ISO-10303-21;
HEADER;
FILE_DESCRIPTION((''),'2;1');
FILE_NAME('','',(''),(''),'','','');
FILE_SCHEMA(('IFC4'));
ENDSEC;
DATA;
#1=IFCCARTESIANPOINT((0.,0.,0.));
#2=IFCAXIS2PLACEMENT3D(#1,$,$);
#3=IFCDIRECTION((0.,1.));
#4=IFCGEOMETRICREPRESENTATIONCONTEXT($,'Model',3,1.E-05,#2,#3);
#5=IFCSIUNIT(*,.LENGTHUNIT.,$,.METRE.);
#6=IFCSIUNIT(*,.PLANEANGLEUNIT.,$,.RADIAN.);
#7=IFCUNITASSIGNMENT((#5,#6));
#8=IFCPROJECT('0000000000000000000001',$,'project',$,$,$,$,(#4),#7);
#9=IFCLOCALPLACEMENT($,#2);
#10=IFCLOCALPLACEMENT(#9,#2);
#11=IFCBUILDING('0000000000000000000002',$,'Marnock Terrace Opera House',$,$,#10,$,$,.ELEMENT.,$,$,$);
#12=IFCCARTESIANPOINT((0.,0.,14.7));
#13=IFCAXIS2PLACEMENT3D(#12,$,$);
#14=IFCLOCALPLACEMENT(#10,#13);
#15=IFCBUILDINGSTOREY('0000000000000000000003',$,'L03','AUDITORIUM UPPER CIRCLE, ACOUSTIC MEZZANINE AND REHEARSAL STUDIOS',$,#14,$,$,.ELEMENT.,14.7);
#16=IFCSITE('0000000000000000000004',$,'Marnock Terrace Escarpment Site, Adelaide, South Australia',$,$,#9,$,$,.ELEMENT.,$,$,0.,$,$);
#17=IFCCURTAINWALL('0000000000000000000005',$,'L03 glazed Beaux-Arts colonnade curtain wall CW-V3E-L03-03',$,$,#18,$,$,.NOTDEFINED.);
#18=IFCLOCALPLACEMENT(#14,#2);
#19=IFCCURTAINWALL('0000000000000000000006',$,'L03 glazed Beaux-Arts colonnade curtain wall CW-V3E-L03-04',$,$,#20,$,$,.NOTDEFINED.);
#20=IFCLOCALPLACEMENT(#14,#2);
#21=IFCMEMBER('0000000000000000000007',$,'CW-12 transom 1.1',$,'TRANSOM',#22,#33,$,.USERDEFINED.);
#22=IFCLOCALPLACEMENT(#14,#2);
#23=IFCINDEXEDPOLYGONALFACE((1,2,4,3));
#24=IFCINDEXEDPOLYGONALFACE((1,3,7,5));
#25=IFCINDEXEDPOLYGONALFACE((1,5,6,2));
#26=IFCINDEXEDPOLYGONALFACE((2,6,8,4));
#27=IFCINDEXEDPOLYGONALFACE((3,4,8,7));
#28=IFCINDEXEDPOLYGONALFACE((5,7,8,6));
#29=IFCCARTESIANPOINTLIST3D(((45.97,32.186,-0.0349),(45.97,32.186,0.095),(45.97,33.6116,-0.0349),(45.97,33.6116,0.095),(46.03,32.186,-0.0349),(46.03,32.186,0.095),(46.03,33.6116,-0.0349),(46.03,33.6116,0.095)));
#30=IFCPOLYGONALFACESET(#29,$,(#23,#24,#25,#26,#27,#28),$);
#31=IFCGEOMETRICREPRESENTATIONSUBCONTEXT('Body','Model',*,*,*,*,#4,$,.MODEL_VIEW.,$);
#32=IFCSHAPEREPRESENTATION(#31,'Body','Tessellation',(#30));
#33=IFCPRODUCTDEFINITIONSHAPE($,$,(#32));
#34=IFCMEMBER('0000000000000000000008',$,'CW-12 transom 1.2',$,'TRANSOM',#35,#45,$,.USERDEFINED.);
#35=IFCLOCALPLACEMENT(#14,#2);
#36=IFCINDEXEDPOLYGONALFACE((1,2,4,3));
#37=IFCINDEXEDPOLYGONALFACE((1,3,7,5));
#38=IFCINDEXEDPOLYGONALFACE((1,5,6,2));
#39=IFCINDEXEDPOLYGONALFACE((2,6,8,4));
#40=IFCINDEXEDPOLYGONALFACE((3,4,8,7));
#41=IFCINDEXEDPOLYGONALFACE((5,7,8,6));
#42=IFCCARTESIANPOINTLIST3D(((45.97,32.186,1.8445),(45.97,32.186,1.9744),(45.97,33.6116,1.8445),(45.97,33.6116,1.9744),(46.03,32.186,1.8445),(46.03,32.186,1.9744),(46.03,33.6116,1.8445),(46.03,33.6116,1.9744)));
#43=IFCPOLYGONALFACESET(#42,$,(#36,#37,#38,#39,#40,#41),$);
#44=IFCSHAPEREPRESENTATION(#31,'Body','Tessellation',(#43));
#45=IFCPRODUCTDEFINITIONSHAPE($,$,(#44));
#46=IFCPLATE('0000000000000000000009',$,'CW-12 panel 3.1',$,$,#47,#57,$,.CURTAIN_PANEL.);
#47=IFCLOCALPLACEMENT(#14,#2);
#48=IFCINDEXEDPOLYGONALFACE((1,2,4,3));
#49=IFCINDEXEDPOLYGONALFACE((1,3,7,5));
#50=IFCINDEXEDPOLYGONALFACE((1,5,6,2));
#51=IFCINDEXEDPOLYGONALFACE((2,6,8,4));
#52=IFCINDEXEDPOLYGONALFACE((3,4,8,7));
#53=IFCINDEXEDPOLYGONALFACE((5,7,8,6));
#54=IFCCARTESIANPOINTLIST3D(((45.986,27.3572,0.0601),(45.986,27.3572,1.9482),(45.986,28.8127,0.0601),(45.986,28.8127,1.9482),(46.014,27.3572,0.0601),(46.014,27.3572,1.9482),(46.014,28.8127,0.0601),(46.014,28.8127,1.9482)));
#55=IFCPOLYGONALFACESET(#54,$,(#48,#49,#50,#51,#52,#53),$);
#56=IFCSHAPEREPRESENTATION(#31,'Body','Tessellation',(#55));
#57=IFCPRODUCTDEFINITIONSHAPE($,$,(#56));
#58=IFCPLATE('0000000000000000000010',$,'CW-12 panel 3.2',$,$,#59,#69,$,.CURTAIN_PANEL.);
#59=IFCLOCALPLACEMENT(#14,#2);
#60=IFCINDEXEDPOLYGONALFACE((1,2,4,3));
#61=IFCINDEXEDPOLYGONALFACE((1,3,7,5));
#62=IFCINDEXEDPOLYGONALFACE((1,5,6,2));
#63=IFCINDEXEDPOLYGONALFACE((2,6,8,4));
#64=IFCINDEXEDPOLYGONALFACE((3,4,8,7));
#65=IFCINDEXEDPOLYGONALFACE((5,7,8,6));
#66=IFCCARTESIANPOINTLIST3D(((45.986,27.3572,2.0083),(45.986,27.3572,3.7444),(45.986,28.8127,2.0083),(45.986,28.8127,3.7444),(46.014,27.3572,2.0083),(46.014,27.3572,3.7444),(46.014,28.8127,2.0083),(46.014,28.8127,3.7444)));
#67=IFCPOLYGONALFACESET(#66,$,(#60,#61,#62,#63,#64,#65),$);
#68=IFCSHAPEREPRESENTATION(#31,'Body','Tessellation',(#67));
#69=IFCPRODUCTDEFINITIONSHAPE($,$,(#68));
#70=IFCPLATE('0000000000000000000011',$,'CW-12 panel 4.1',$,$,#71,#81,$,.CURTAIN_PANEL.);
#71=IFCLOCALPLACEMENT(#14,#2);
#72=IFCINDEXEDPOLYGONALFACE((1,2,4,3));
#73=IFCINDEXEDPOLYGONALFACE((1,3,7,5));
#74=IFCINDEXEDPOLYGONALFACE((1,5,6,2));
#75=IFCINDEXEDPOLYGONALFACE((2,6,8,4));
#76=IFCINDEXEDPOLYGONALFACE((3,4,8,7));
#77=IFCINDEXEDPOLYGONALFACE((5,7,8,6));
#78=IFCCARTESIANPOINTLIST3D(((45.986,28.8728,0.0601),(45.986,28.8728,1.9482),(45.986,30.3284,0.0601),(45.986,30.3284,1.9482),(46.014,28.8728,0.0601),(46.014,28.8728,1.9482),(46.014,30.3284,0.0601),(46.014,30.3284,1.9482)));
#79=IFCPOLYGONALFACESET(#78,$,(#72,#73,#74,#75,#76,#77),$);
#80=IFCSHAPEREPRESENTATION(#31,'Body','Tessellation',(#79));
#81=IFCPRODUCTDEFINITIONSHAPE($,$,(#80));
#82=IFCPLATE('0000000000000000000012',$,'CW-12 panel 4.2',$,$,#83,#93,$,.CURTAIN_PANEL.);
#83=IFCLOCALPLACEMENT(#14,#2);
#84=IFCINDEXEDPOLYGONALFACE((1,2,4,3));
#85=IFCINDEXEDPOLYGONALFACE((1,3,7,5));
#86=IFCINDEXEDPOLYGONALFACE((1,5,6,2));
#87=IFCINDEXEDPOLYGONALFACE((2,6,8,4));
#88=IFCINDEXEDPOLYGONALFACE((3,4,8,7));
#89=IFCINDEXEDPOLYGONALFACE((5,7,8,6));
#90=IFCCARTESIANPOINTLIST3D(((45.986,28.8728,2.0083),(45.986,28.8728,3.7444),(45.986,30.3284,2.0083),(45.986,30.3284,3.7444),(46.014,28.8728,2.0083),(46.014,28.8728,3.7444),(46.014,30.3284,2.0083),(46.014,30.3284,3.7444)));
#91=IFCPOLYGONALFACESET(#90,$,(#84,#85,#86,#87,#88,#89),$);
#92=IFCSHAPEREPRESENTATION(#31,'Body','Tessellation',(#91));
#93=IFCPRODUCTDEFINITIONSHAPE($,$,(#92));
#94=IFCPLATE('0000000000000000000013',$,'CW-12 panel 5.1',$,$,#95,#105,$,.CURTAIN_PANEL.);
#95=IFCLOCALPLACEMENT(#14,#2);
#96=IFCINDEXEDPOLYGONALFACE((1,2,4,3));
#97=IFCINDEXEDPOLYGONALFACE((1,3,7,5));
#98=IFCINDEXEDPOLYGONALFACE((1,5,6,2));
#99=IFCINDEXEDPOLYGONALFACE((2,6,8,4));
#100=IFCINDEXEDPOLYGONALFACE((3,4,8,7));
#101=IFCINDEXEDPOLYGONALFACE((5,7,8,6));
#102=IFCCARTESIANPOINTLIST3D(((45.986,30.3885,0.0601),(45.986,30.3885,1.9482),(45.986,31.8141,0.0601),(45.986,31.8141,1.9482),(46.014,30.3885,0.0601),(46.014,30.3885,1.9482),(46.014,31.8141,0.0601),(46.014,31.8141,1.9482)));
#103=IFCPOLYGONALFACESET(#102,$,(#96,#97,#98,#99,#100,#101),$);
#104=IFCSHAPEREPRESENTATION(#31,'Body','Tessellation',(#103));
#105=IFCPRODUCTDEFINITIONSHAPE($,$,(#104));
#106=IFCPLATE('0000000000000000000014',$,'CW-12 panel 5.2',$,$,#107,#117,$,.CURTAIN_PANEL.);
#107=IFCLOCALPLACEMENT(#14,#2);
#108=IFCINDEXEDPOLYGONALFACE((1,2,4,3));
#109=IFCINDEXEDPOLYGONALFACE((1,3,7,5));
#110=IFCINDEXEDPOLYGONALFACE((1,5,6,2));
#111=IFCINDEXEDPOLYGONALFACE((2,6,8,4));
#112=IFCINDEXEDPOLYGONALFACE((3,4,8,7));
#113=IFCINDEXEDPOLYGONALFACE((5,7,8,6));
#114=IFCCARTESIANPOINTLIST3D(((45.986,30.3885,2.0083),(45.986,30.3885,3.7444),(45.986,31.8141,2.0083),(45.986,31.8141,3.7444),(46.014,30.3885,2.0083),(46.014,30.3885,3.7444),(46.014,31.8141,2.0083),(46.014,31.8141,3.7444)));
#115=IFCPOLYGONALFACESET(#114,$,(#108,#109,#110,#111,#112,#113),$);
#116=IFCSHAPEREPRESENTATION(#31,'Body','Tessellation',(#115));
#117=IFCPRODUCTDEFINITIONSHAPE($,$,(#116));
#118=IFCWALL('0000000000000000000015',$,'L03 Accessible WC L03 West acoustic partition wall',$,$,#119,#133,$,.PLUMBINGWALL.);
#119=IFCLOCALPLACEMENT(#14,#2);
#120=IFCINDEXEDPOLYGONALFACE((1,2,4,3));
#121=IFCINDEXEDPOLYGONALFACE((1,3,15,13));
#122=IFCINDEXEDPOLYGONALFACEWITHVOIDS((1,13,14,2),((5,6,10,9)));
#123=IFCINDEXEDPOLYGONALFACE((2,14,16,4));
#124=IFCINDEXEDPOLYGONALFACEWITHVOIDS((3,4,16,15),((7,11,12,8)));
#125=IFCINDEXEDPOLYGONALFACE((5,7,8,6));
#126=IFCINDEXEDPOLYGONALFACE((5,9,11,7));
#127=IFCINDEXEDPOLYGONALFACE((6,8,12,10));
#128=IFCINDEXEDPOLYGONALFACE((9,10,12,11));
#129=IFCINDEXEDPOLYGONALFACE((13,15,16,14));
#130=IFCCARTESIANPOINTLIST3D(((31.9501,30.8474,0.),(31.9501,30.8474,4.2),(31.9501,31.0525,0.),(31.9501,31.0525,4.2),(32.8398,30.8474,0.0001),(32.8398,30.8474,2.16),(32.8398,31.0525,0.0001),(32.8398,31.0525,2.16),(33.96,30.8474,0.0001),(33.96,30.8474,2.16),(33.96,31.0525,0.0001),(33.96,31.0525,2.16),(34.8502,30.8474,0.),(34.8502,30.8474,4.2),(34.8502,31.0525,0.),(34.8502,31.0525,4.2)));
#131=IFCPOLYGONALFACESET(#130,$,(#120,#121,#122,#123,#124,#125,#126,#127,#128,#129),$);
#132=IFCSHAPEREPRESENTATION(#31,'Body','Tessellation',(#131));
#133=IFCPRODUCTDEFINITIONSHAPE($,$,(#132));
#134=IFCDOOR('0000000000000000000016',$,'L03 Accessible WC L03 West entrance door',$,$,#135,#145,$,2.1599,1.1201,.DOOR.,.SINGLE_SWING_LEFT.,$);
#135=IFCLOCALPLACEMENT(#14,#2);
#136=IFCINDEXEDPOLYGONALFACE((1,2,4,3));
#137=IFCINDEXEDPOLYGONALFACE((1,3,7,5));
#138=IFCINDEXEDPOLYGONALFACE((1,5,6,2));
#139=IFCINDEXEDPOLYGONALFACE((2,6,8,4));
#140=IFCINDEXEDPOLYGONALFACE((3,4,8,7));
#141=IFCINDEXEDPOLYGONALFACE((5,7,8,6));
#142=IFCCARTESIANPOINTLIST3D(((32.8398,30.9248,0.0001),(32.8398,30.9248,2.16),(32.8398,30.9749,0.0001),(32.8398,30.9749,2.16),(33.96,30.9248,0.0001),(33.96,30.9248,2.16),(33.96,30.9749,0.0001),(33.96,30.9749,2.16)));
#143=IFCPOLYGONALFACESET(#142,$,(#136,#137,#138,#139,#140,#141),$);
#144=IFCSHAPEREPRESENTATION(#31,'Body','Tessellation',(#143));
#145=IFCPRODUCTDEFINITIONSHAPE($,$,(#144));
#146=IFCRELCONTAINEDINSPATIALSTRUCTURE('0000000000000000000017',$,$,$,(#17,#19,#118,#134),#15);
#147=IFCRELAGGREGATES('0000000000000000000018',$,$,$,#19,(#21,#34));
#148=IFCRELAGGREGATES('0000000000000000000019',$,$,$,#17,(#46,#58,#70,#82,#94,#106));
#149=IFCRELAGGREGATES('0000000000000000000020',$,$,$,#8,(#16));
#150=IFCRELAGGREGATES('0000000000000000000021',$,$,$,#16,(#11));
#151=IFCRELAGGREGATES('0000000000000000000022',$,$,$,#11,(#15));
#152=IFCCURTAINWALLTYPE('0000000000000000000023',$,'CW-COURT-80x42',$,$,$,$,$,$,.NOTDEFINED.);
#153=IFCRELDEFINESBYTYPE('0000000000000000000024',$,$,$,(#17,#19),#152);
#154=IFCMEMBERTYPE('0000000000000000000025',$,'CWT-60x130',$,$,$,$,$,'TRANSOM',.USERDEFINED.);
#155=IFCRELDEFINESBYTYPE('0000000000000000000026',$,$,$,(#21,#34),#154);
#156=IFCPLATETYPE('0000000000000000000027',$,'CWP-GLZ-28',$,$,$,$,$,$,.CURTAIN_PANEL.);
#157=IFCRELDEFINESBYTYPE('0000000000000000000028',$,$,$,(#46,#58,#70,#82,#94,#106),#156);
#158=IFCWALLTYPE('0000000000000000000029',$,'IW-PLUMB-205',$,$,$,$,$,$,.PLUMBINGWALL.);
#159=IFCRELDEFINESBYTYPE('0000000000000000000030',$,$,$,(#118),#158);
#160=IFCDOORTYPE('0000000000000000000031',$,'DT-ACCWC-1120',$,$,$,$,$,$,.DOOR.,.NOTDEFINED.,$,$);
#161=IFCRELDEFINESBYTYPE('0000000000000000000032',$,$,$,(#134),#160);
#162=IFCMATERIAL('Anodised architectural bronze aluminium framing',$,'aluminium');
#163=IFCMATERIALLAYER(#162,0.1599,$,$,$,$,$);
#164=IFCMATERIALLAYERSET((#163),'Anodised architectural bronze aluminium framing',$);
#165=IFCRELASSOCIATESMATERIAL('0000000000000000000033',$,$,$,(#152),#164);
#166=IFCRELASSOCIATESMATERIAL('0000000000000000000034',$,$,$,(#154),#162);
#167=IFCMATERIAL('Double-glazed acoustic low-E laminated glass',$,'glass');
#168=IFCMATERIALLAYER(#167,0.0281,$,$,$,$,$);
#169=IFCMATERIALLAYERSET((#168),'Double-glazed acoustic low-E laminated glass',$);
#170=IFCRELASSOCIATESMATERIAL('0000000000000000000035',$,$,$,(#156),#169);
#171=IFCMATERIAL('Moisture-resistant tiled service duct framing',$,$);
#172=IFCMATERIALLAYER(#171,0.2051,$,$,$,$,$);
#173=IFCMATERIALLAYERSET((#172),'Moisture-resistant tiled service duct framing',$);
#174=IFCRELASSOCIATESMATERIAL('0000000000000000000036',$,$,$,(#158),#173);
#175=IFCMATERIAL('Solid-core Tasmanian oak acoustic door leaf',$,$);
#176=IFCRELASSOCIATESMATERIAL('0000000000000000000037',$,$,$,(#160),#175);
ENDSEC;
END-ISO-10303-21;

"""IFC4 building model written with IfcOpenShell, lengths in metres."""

from ifc_helpers import new_model, si_unit, direction, frame, frame_2d, origin, origin_2d, place, context, subcontext, project, spatial, rectangle, extrude, material, layer, layer_set, material_profile, profile_set, type_object, element, fill, aggregate, save


model = new_model("IFC4")

# Units and contexts
model_context = context("Model", 3, precision=1e-05, world=origin(), true_north=direction((0.0, 1.0)))
body_context = subcontext(model_context, "Body", "Model", "MODEL_VIEW")
ifc_project = project(units=[si_unit("LENGTHUNIT", "METRE"), si_unit("PLANEANGLEUNIT", "RADIAN")], contexts=[model_context])

# Site, building, storey
site_placement = place(None, origin())
site = spatial("IfcSite", under=ifc_project, at=site_placement, Name="Marnock Terrace Escarpment Site, Adelaide, South Australia", CompositionType="ELEMENT", RefElevation=0.0)
building_placement = place(site_placement, origin())
building = spatial("IfcBuilding", under=site, at=building_placement, Name="Marnock Terrace Opera House", CompositionType="ELEMENT")
storey_placement = place(building_placement, frame((0.0, 0.0, 14.7)))
storey = spatial("IfcBuildingStorey", under=building, at=storey_placement, Name="L03", Description="AUDITORIUM UPPER CIRCLE, ACOUSTIC MEZZANINE AND REHEARSAL STUDIOS", CompositionType="ELEMENT", Elevation=14.7)

# Curtain wall
ifc_material_1 = material(Name="Anodised architectural bronze aluminium framing", Category="aluminium")
ifc_layer_1 = layer(ifc_material_1, 0.1599)
ifc_layer_set_1 = layer_set([ifc_layer_1], Name="Anodised architectural bronze aluminium framing")
curtain_wall_type = type_object("IfcCurtainWallType", Name="CW-COURT-80x42", PredefinedType="NOTDEFINED", material=ifc_layer_set_1)
curtain_wall_1_placement = place(storey_placement, origin())
curtain_wall_1 = element("IfcCurtainWall", 1, at=curtain_wall_1_placement, inside=storey, type_object=curtain_wall_type, Name="L03 glazed Beaux-Arts colonnade curtain wall CW-V3E-L03-03", PredefinedType="NOTDEFINED")

# Curtain wall
curtain_wall_2_placement = place(storey_placement, origin())
curtain_wall_2 = element("IfcCurtainWall", 2, at=curtain_wall_2_placement, inside=storey, type_object=curtain_wall_type, Name="L03 glazed Beaux-Arts colonnade curtain wall CW-V3E-L03-04", PredefinedType="NOTDEFINED")

# Members
ifc_material_profile_1 = material_profile(ifc_material_1, rectangle(XDim=0.0601, YDim=0.1299, at=origin_2d()))
ifc_profile_set_1 = profile_set([ifc_material_profile_1], Name="Anodised architectural bronze aluminium framing")
member_type_1 = type_object("IfcMemberType", Name="CWT-60x130", ElementType="TRANSOM", PredefinedType="USERDEFINED", material=ifc_profile_set_1)
member_1_placement = place(storey_placement, frame((46.0, 32.186, 0.03), z_axis=(0.0, 1.0, 0.0), x_axis=(-1.0, 0.0, 0.0)))
member_1 = element("IfcMember", 3, at=member_1_placement, type_object=member_type_1, Name="CW-12 transom 1.1", ObjectType="TRANSOM", PredefinedType="USERDEFINED", context=body_context, shape_type="SweptSolid", body=[
    extrude(rectangle(XDim=0.0601, YDim=0.1299, at=origin_2d()), origin(), (0.0, 0.0, 1.0), 1.4255),
])
member_2_placement = place(storey_placement, frame((46.0, 32.186, 1.9094), z_axis=(0.0, 1.0, 0.0), x_axis=(-1.0, 0.0, 0.0)))
member_2 = element("IfcMember", 4, at=member_2_placement, type_object=member_type_1, Name="CW-12 transom 1.2", ObjectType="TRANSOM", PredefinedType="USERDEFINED", context=body_context, shape_type="SweptSolid", body=[
    extrude(rectangle(XDim=0.0601, YDim=0.1299, at=origin_2d()), origin(), (0.0, 0.0, 1.0), 1.4255),
])
aggregate(curtain_wall_2, [member_1, member_2])

# Plates
ifc_material_2 = material(Name="Double-glazed acoustic low-E laminated glass", Category="glass")
ifc_layer_2 = layer(ifc_material_2, 0.0281)
ifc_layer_set_2 = layer_set([ifc_layer_2], Name="Double-glazed acoustic low-E laminated glass")
plate_type = type_object("IfcPlateType", Name="CWP-GLZ-28", PredefinedType="CURTAIN_PANEL", material=ifc_layer_set_2)
plate_1_placement = place(storey_placement, frame((46.0, 28.085, 0.0601), z_axis=(0.0, 0.0, 1.0), x_axis=(0.0, 1.0, 0.0)))
plate_1 = element("IfcPlate", 5, at=plate_1_placement, type_object=plate_type, Name="CW-12 panel 3.1", PredefinedType="CURTAIN_PANEL", context=body_context, shape_type="SweptSolid", body=[
    extrude(rectangle(XDim=1.4556, YDim=0.0281, at=origin_2d()), origin(), (0.0, 0.0, 1.0), 1.8882),
])
plate_2_placement = place(storey_placement, frame((46.0, 28.085, 2.0083), z_axis=(0.0, 0.0, 1.0), x_axis=(0.0, 1.0, 0.0)))
plate_2 = element("IfcPlate", 6, at=plate_2_placement, type_object=plate_type, Name="CW-12 panel 3.2", PredefinedType="CURTAIN_PANEL", context=body_context, shape_type="SweptSolid", body=[
    extrude(rectangle(XDim=1.4556, YDim=0.0281, at=origin_2d()), origin(), (0.0, 0.0, 1.0), 1.7361),
])
plate_3_placement = place(storey_placement, frame((46.0, 29.6006, 0.0601), z_axis=(0.0, 0.0, 1.0), x_axis=(0.0, 1.0, 0.0)))
plate_3 = element("IfcPlate", 7, at=plate_3_placement, type_object=plate_type, Name="CW-12 panel 4.1", PredefinedType="CURTAIN_PANEL", context=body_context, shape_type="SweptSolid", body=[
    extrude(rectangle(XDim=1.4556, YDim=0.0281, at=origin_2d()), origin(), (0.0, 0.0, 1.0), 1.8882),
])
plate_4_placement = place(storey_placement, frame((46.0, 29.6006, 2.0083), z_axis=(0.0, 0.0, 1.0), x_axis=(0.0, 1.0, 0.0)))
plate_4 = element("IfcPlate", 8, at=plate_4_placement, type_object=plate_type, Name="CW-12 panel 4.2", PredefinedType="CURTAIN_PANEL", context=body_context, shape_type="SweptSolid", body=[
    extrude(rectangle(XDim=1.4556, YDim=0.0281, at=origin_2d()), origin(), (0.0, 0.0, 1.0), 1.7361),
])
plate_5_placement = place(storey_placement, frame((46.0, 31.1013, 0.0601), z_axis=(0.0, 0.0, 1.0), x_axis=(0.0, 1.0, 0.0)))
plate_5 = element("IfcPlate", 9, at=plate_5_placement, type_object=plate_type, Name="CW-12 panel 5.1", PredefinedType="CURTAIN_PANEL", context=body_context, shape_type="SweptSolid", body=[
    extrude(rectangle(XDim=1.4255, YDim=0.0281, at=origin_2d()), origin(), (0.0, 0.0, 1.0), 1.8882),
])
plate_6_placement = place(storey_placement, frame((46.0, 31.1013, 2.0083), z_axis=(0.0, 0.0, 1.0), x_axis=(0.0, 1.0, 0.0)))
plate_6 = element("IfcPlate", 10, at=plate_6_placement, type_object=plate_type, Name="CW-12 panel 5.2", PredefinedType="CURTAIN_PANEL", context=body_context, shape_type="SweptSolid", body=[
    extrude(rectangle(XDim=1.4255, YDim=0.0281, at=origin_2d()), origin(), (0.0, 0.0, 1.0), 1.7361),
])
aggregate(curtain_wall_1, [plate_1, plate_2, plate_3, plate_4, plate_5, plate_6])

# Wall, opening, door
ifc_material_3 = material(Name="Moisture-resistant tiled service duct framing")
ifc_layer_3 = layer(ifc_material_3, 0.2051)
ifc_layer_set_3 = layer_set([ifc_layer_3], Name="Moisture-resistant tiled service duct framing")
wall_type = type_object("IfcWallType", Name="IW-PLUMB-205", PredefinedType="PLUMBINGWALL", material=ifc_layer_set_3)
wall_placement = place(storey_placement, frame((31.95, 30.95, 0.0), z_axis=(0.0, 0.0, 1.0), x_axis=(1.0, 0.0, 0.0)))
wall = element("IfcWall", 11, at=wall_placement, inside=storey, type_object=wall_type, Name="L03 Accessible WC L03 West acoustic partition wall", PredefinedType="PLUMBINGWALL", context=body_context, shape_type="SweptSolid", body=[
    extrude(rectangle(XDim=2.9001, YDim=0.2051, at=frame_2d((1.4502, 0.0))), origin(), (0.0, 0.0, 1.0), 4.2),
])
opening_placement = place(wall_placement, frame((0.8899, 0.0, 0.0)))
opening = element("IfcOpeningElement", 12, at=opening_placement, cuts=wall, PredefinedType="OPENING", context=body_context, shape_type="SweptSolid", body=[
    extrude(rectangle(XDim=1.1201, YDim=2.1599, at=frame_2d((0.5601, 1.0801))), frame((0.0, 0.1125, 0.0), z_axis=(0.0, -1.0, 0.0), x_axis=(1.0, 0.0, 0.0)), (0.0, 0.0, 1.0), 0.2251),
])
ifc_material_4 = material(Name="Solid-core Tasmanian oak acoustic door leaf")
door_type = type_object("IfcDoorType", Name="DT-ACCWC-1120", OperationType="NOTDEFINED", PredefinedType="DOOR", material=ifc_material_4)
door_placement = place(opening_placement, origin())
door = element("IfcDoor", 13, at=door_placement, inside=storey, type_object=door_type, Name="L03 Accessible WC L03 West entrance door", OperationType="SINGLE_SWING_LEFT", OverallHeight=2.1599, OverallWidth=1.1201, PredefinedType="DOOR", context=body_context, shape_type="SweptSolid", body=[
    extrude(rectangle(XDim=1.1201, YDim=2.1599, at=frame_2d((0.5601, 1.0801))), frame((0.0, 0.0249, 0.0), z_axis=(0.0, -1.0, 0.0), x_axis=(1.0, 0.0, 0.0)), (0.0, 0.0, 1.0), 0.05),
])
fill(opening, door)

save(model, "model.ifc")
